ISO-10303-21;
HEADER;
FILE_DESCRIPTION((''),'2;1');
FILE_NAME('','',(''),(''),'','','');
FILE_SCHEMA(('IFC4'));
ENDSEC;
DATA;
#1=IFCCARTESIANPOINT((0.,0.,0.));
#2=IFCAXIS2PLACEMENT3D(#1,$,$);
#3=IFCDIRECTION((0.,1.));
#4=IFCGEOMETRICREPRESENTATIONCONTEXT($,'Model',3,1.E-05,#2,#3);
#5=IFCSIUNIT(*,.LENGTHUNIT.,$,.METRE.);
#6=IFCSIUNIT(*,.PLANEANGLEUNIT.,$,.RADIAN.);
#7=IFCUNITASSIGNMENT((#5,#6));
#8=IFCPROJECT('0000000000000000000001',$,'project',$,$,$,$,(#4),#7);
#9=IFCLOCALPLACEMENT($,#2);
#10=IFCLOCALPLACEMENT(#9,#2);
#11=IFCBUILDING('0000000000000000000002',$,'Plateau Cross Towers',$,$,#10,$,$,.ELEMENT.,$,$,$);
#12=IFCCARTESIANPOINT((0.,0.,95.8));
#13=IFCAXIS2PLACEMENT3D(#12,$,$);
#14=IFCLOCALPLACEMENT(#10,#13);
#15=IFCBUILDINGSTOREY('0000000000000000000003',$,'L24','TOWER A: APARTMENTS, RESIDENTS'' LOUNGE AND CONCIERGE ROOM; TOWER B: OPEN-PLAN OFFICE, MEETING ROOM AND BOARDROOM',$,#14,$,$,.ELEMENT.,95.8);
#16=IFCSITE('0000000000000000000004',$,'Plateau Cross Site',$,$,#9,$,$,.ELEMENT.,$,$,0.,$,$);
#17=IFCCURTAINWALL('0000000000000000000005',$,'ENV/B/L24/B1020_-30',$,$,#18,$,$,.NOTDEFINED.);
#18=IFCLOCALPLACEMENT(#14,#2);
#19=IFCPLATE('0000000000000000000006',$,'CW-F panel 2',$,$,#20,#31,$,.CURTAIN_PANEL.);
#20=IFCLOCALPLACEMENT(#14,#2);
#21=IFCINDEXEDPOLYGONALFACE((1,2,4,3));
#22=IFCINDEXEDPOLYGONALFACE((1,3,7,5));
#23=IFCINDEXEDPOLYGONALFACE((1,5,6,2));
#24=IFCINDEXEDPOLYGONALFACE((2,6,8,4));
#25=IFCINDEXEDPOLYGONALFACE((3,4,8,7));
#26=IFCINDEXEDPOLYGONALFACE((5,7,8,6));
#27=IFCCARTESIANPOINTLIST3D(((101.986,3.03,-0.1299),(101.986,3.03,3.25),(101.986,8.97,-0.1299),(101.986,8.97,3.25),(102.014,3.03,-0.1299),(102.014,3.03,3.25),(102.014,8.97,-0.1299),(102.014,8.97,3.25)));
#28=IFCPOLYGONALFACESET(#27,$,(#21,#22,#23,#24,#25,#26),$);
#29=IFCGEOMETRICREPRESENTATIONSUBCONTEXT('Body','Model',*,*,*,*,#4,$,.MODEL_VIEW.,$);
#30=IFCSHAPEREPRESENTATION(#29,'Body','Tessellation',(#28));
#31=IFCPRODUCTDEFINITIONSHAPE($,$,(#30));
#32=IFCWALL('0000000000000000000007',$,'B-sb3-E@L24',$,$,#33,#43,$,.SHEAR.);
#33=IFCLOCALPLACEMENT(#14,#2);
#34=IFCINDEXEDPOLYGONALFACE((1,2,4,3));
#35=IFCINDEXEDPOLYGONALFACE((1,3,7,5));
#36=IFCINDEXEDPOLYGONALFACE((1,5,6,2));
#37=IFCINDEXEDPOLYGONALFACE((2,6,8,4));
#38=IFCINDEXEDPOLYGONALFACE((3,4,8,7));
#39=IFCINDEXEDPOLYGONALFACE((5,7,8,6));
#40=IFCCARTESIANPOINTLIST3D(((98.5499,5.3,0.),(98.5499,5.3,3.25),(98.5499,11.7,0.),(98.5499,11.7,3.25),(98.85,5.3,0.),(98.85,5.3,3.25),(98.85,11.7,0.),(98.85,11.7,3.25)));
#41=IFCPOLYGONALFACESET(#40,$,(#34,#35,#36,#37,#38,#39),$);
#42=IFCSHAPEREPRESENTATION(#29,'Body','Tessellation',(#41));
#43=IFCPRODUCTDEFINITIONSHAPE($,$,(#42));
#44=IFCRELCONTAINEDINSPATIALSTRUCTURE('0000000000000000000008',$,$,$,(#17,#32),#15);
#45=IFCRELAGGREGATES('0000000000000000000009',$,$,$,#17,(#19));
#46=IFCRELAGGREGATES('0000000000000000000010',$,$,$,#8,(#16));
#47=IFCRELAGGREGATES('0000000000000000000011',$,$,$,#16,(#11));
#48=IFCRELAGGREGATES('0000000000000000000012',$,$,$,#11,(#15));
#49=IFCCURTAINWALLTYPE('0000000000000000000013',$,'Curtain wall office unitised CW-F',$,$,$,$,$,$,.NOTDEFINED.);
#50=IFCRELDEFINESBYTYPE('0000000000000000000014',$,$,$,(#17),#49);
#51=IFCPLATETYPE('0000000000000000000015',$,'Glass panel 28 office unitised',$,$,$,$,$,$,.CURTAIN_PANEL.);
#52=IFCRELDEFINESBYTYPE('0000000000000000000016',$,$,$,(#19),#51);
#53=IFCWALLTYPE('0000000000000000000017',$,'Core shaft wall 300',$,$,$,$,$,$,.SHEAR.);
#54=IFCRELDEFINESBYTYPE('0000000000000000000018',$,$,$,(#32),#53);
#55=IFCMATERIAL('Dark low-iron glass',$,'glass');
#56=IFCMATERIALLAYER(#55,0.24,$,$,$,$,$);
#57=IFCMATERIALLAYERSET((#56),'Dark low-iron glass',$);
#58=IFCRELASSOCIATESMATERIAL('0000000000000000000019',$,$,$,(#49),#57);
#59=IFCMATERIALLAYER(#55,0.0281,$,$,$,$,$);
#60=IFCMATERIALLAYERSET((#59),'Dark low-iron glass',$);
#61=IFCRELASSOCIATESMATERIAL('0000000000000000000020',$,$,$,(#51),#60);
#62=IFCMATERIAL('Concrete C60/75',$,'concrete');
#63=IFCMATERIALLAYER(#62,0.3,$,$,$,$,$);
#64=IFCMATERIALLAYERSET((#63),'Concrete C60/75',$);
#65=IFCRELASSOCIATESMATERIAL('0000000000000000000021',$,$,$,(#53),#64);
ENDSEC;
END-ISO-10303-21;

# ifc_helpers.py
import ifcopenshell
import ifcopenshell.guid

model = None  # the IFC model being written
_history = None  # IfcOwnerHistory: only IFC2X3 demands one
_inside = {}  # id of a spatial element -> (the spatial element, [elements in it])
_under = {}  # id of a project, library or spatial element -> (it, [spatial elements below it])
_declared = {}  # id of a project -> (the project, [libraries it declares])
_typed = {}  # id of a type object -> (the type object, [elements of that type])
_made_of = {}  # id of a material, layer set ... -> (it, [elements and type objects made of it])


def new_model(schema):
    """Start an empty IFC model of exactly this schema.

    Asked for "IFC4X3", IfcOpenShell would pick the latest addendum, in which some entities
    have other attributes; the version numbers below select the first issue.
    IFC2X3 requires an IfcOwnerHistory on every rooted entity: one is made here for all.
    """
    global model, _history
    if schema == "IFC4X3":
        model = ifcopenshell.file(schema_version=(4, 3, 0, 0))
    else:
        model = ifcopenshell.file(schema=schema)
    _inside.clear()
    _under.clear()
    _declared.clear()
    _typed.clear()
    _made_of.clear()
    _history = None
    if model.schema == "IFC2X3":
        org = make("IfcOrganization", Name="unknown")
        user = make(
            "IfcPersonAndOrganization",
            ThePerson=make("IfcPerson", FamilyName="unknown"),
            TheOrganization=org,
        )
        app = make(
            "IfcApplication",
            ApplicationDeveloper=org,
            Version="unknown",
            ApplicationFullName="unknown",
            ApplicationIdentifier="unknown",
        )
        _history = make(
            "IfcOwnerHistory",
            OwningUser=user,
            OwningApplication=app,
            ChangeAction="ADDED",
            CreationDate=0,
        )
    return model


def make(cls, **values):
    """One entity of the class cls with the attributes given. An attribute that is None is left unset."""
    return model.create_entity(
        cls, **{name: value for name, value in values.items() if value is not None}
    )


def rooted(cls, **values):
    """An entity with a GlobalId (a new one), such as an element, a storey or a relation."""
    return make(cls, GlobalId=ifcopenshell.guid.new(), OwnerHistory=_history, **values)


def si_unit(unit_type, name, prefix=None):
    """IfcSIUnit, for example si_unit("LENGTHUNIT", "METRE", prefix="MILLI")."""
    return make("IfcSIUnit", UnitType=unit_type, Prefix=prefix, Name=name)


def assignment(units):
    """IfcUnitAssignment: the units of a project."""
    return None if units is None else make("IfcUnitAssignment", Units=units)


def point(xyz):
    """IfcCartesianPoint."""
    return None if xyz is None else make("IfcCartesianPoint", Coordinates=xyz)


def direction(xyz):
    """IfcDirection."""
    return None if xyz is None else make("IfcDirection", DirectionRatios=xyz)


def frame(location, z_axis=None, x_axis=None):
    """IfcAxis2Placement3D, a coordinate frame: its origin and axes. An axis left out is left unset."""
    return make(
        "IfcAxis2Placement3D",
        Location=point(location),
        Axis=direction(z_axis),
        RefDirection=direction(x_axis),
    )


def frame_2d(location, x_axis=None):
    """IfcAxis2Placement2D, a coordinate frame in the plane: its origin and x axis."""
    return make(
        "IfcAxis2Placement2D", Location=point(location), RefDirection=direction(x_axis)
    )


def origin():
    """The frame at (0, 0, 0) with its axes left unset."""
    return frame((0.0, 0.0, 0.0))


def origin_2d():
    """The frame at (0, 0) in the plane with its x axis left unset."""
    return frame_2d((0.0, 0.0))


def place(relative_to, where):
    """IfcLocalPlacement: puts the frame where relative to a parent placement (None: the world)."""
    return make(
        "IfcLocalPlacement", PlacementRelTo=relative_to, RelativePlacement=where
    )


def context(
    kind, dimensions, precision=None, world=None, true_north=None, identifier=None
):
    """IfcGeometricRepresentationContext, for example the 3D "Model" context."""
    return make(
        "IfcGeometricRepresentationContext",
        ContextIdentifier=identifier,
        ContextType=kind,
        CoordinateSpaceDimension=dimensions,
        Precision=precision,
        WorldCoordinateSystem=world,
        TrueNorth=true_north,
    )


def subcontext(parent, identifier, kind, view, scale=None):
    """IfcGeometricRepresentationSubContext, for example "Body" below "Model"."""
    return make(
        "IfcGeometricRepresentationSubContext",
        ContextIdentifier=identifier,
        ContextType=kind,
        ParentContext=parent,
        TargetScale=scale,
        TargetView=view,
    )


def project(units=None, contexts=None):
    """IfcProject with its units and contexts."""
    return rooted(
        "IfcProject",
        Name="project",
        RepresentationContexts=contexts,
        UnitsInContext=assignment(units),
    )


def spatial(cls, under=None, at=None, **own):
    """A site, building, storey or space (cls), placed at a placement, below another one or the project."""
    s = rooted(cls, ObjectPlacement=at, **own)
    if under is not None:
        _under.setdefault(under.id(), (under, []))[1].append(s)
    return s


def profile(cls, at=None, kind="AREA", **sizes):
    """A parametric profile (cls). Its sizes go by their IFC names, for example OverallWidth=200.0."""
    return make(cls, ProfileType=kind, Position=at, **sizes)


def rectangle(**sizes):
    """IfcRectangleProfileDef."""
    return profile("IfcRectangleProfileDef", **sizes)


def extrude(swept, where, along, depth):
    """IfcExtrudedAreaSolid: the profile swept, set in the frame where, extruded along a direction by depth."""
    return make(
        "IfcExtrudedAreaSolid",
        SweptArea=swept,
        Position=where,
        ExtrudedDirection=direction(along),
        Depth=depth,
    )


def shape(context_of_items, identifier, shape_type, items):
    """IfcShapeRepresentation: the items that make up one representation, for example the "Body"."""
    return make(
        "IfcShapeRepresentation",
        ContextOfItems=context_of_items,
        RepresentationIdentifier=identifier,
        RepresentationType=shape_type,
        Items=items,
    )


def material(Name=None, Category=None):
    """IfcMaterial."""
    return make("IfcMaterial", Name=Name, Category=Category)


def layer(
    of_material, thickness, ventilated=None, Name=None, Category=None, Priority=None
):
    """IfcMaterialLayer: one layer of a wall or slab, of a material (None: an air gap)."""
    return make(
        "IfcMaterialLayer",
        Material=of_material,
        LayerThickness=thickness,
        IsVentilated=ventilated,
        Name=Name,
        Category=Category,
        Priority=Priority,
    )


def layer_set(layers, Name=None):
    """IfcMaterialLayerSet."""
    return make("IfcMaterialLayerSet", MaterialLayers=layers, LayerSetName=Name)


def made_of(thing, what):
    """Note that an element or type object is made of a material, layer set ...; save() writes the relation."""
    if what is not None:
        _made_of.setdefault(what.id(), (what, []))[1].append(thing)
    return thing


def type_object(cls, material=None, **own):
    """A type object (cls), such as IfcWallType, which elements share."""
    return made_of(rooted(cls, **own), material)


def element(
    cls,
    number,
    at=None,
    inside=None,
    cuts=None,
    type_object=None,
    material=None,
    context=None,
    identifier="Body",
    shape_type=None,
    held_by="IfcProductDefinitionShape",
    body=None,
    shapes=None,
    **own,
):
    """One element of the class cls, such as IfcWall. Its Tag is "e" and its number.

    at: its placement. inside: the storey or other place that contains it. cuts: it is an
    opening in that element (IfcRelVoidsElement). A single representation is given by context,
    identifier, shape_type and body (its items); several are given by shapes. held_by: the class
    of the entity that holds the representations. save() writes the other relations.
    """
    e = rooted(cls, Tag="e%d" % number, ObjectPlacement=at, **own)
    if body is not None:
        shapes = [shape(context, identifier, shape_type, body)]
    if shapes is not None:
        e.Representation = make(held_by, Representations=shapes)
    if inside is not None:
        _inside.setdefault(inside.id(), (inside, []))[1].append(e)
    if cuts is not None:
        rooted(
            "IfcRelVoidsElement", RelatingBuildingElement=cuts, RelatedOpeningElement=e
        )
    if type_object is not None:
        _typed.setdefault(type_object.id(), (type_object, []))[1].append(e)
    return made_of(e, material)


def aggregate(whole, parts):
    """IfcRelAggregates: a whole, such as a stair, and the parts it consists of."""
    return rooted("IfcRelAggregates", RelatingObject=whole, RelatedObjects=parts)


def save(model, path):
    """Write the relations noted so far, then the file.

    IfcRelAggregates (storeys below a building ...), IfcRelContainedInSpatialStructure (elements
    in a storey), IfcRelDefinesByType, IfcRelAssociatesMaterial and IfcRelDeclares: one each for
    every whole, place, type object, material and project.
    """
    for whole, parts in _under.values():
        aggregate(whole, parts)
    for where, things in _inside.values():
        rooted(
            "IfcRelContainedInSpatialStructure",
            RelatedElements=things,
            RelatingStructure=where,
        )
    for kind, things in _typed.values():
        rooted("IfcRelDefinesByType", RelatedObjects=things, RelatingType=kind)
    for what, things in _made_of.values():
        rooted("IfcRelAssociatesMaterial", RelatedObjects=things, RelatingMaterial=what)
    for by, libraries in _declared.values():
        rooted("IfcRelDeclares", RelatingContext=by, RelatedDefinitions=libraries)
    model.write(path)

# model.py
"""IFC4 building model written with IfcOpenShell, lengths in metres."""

from ifc_helpers import new_model, si_unit, direction, frame, frame_2d, origin, origin_2d, place, context, subcontext, project, spatial, rectangle, extrude, material, layer, layer_set, type_object, element, aggregate, save


model = new_model("IFC4")

# Units and contexts
model_context = context("Model", 3, precision=1e-05, world=origin(), true_north=direction((0.0, 1.0)))
body_context = subcontext(model_context, "Body", "Model", "MODEL_VIEW")
ifc_project = project(units=[si_unit("LENGTHUNIT", "METRE"), si_unit("PLANEANGLEUNIT", "RADIAN")], contexts=[model_context])

# Site, building, storey
site_placement = place(None, origin())
site = spatial("IfcSite", under=ifc_project, at=site_placement, Name="Plateau Cross Site", CompositionType="ELEMENT", RefElevation=0.0)
building_placement = place(site_placement, origin())
building = spatial("IfcBuilding", under=site, at=building_placement, Name="Plateau Cross Towers", CompositionType="ELEMENT")
storey_placement = place(building_placement, frame((0.0, 0.0, 95.8)))
storey = spatial("IfcBuildingStorey", under=building, at=storey_placement, Name="L24", Description="TOWER A: APARTMENTS, RESIDENTS' LOUNGE AND CONCIERGE ROOM; TOWER B: OPEN-PLAN OFFICE, MEETING ROOM AND BOARDROOM", CompositionType="ELEMENT", Elevation=95.8)

# Shared definitions
ifc_material_1 = material(Name="Concrete C60/75", Category="concrete")

# Shared definitions
ifc_material_2 = material(Name="Dark low-iron glass", Category="glass")
ifc_layer_1 = layer(ifc_material_2, 0.24)
ifc_layer_set_1 = layer_set([ifc_layer_1], Name="Dark low-iron glass")
curtain_wall_type = type_object("IfcCurtainWallType", Name="Curtain wall office unitised CW-F", PredefinedType="NOTDEFINED", material=ifc_layer_set_1)

# Curtain wall
curtain_wall_1_placement = place(storey_placement, origin())
curtain_wall_1 = element("IfcCurtainWall", 1, at=curtain_wall_1_placement, inside=storey, type_object=curtain_wall_type, Name="ENV/B/L24/B1020_-30", PredefinedType="NOTDEFINED")

# Plate
ifc_layer_2 = layer(ifc_material_2, 0.0281)
ifc_layer_set_2 = layer_set([ifc_layer_2], Name="Dark low-iron glass")
plate_type = type_object("IfcPlateType", Name="Glass panel 28 office unitised", PredefinedType="CURTAIN_PANEL", material=ifc_layer_set_2)
plate_1_placement = place(storey_placement, frame((102.0, 6.0, -0.1299), z_axis=(0.0, 0.0, 1.0), x_axis=(0.0, 1.0, 0.0)))
plate_1 = element("IfcPlate", 2, at=plate_1_placement, type_object=plate_type, Name="CW-F panel 2", PredefinedType="CURTAIN_PANEL", context=body_context, shape_type="SweptSolid", body=[
    extrude(rectangle(XDim=5.9399, YDim=0.0281, at=origin_2d()), origin(), (0.0, 0.0, 1.0), 3.3799),
])
aggregate(curtain_wall_1, [plate_1])

# Wall
ifc_layer_3 = layer(ifc_material_1, 0.3)
ifc_layer_set_3 = layer_set([ifc_layer_3], Name="Concrete C60/75")
wall_type = type_object("IfcWallType", Name="Core shaft wall 300", PredefinedType="SHEAR", material=ifc_layer_set_3)
wall_placement = place(storey_placement, frame((98.7, 5.3, 0.0), z_axis=(0.0, 0.0, 1.0), x_axis=(0.0, 1.0, 0.0)))
element("IfcWall", 3, at=wall_placement, inside=storey, type_object=wall_type, Name="B-sb3-E@L24", PredefinedType="SHEAR", context=body_context, shape_type="SweptSolid", body=[
    extrude(rectangle(XDim=6.3999, YDim=0.3, at=frame_2d((3.2, 0.0))), origin(), (0.0, 0.0, 1.0), 3.25),
])

save(model, "model.ifc")
